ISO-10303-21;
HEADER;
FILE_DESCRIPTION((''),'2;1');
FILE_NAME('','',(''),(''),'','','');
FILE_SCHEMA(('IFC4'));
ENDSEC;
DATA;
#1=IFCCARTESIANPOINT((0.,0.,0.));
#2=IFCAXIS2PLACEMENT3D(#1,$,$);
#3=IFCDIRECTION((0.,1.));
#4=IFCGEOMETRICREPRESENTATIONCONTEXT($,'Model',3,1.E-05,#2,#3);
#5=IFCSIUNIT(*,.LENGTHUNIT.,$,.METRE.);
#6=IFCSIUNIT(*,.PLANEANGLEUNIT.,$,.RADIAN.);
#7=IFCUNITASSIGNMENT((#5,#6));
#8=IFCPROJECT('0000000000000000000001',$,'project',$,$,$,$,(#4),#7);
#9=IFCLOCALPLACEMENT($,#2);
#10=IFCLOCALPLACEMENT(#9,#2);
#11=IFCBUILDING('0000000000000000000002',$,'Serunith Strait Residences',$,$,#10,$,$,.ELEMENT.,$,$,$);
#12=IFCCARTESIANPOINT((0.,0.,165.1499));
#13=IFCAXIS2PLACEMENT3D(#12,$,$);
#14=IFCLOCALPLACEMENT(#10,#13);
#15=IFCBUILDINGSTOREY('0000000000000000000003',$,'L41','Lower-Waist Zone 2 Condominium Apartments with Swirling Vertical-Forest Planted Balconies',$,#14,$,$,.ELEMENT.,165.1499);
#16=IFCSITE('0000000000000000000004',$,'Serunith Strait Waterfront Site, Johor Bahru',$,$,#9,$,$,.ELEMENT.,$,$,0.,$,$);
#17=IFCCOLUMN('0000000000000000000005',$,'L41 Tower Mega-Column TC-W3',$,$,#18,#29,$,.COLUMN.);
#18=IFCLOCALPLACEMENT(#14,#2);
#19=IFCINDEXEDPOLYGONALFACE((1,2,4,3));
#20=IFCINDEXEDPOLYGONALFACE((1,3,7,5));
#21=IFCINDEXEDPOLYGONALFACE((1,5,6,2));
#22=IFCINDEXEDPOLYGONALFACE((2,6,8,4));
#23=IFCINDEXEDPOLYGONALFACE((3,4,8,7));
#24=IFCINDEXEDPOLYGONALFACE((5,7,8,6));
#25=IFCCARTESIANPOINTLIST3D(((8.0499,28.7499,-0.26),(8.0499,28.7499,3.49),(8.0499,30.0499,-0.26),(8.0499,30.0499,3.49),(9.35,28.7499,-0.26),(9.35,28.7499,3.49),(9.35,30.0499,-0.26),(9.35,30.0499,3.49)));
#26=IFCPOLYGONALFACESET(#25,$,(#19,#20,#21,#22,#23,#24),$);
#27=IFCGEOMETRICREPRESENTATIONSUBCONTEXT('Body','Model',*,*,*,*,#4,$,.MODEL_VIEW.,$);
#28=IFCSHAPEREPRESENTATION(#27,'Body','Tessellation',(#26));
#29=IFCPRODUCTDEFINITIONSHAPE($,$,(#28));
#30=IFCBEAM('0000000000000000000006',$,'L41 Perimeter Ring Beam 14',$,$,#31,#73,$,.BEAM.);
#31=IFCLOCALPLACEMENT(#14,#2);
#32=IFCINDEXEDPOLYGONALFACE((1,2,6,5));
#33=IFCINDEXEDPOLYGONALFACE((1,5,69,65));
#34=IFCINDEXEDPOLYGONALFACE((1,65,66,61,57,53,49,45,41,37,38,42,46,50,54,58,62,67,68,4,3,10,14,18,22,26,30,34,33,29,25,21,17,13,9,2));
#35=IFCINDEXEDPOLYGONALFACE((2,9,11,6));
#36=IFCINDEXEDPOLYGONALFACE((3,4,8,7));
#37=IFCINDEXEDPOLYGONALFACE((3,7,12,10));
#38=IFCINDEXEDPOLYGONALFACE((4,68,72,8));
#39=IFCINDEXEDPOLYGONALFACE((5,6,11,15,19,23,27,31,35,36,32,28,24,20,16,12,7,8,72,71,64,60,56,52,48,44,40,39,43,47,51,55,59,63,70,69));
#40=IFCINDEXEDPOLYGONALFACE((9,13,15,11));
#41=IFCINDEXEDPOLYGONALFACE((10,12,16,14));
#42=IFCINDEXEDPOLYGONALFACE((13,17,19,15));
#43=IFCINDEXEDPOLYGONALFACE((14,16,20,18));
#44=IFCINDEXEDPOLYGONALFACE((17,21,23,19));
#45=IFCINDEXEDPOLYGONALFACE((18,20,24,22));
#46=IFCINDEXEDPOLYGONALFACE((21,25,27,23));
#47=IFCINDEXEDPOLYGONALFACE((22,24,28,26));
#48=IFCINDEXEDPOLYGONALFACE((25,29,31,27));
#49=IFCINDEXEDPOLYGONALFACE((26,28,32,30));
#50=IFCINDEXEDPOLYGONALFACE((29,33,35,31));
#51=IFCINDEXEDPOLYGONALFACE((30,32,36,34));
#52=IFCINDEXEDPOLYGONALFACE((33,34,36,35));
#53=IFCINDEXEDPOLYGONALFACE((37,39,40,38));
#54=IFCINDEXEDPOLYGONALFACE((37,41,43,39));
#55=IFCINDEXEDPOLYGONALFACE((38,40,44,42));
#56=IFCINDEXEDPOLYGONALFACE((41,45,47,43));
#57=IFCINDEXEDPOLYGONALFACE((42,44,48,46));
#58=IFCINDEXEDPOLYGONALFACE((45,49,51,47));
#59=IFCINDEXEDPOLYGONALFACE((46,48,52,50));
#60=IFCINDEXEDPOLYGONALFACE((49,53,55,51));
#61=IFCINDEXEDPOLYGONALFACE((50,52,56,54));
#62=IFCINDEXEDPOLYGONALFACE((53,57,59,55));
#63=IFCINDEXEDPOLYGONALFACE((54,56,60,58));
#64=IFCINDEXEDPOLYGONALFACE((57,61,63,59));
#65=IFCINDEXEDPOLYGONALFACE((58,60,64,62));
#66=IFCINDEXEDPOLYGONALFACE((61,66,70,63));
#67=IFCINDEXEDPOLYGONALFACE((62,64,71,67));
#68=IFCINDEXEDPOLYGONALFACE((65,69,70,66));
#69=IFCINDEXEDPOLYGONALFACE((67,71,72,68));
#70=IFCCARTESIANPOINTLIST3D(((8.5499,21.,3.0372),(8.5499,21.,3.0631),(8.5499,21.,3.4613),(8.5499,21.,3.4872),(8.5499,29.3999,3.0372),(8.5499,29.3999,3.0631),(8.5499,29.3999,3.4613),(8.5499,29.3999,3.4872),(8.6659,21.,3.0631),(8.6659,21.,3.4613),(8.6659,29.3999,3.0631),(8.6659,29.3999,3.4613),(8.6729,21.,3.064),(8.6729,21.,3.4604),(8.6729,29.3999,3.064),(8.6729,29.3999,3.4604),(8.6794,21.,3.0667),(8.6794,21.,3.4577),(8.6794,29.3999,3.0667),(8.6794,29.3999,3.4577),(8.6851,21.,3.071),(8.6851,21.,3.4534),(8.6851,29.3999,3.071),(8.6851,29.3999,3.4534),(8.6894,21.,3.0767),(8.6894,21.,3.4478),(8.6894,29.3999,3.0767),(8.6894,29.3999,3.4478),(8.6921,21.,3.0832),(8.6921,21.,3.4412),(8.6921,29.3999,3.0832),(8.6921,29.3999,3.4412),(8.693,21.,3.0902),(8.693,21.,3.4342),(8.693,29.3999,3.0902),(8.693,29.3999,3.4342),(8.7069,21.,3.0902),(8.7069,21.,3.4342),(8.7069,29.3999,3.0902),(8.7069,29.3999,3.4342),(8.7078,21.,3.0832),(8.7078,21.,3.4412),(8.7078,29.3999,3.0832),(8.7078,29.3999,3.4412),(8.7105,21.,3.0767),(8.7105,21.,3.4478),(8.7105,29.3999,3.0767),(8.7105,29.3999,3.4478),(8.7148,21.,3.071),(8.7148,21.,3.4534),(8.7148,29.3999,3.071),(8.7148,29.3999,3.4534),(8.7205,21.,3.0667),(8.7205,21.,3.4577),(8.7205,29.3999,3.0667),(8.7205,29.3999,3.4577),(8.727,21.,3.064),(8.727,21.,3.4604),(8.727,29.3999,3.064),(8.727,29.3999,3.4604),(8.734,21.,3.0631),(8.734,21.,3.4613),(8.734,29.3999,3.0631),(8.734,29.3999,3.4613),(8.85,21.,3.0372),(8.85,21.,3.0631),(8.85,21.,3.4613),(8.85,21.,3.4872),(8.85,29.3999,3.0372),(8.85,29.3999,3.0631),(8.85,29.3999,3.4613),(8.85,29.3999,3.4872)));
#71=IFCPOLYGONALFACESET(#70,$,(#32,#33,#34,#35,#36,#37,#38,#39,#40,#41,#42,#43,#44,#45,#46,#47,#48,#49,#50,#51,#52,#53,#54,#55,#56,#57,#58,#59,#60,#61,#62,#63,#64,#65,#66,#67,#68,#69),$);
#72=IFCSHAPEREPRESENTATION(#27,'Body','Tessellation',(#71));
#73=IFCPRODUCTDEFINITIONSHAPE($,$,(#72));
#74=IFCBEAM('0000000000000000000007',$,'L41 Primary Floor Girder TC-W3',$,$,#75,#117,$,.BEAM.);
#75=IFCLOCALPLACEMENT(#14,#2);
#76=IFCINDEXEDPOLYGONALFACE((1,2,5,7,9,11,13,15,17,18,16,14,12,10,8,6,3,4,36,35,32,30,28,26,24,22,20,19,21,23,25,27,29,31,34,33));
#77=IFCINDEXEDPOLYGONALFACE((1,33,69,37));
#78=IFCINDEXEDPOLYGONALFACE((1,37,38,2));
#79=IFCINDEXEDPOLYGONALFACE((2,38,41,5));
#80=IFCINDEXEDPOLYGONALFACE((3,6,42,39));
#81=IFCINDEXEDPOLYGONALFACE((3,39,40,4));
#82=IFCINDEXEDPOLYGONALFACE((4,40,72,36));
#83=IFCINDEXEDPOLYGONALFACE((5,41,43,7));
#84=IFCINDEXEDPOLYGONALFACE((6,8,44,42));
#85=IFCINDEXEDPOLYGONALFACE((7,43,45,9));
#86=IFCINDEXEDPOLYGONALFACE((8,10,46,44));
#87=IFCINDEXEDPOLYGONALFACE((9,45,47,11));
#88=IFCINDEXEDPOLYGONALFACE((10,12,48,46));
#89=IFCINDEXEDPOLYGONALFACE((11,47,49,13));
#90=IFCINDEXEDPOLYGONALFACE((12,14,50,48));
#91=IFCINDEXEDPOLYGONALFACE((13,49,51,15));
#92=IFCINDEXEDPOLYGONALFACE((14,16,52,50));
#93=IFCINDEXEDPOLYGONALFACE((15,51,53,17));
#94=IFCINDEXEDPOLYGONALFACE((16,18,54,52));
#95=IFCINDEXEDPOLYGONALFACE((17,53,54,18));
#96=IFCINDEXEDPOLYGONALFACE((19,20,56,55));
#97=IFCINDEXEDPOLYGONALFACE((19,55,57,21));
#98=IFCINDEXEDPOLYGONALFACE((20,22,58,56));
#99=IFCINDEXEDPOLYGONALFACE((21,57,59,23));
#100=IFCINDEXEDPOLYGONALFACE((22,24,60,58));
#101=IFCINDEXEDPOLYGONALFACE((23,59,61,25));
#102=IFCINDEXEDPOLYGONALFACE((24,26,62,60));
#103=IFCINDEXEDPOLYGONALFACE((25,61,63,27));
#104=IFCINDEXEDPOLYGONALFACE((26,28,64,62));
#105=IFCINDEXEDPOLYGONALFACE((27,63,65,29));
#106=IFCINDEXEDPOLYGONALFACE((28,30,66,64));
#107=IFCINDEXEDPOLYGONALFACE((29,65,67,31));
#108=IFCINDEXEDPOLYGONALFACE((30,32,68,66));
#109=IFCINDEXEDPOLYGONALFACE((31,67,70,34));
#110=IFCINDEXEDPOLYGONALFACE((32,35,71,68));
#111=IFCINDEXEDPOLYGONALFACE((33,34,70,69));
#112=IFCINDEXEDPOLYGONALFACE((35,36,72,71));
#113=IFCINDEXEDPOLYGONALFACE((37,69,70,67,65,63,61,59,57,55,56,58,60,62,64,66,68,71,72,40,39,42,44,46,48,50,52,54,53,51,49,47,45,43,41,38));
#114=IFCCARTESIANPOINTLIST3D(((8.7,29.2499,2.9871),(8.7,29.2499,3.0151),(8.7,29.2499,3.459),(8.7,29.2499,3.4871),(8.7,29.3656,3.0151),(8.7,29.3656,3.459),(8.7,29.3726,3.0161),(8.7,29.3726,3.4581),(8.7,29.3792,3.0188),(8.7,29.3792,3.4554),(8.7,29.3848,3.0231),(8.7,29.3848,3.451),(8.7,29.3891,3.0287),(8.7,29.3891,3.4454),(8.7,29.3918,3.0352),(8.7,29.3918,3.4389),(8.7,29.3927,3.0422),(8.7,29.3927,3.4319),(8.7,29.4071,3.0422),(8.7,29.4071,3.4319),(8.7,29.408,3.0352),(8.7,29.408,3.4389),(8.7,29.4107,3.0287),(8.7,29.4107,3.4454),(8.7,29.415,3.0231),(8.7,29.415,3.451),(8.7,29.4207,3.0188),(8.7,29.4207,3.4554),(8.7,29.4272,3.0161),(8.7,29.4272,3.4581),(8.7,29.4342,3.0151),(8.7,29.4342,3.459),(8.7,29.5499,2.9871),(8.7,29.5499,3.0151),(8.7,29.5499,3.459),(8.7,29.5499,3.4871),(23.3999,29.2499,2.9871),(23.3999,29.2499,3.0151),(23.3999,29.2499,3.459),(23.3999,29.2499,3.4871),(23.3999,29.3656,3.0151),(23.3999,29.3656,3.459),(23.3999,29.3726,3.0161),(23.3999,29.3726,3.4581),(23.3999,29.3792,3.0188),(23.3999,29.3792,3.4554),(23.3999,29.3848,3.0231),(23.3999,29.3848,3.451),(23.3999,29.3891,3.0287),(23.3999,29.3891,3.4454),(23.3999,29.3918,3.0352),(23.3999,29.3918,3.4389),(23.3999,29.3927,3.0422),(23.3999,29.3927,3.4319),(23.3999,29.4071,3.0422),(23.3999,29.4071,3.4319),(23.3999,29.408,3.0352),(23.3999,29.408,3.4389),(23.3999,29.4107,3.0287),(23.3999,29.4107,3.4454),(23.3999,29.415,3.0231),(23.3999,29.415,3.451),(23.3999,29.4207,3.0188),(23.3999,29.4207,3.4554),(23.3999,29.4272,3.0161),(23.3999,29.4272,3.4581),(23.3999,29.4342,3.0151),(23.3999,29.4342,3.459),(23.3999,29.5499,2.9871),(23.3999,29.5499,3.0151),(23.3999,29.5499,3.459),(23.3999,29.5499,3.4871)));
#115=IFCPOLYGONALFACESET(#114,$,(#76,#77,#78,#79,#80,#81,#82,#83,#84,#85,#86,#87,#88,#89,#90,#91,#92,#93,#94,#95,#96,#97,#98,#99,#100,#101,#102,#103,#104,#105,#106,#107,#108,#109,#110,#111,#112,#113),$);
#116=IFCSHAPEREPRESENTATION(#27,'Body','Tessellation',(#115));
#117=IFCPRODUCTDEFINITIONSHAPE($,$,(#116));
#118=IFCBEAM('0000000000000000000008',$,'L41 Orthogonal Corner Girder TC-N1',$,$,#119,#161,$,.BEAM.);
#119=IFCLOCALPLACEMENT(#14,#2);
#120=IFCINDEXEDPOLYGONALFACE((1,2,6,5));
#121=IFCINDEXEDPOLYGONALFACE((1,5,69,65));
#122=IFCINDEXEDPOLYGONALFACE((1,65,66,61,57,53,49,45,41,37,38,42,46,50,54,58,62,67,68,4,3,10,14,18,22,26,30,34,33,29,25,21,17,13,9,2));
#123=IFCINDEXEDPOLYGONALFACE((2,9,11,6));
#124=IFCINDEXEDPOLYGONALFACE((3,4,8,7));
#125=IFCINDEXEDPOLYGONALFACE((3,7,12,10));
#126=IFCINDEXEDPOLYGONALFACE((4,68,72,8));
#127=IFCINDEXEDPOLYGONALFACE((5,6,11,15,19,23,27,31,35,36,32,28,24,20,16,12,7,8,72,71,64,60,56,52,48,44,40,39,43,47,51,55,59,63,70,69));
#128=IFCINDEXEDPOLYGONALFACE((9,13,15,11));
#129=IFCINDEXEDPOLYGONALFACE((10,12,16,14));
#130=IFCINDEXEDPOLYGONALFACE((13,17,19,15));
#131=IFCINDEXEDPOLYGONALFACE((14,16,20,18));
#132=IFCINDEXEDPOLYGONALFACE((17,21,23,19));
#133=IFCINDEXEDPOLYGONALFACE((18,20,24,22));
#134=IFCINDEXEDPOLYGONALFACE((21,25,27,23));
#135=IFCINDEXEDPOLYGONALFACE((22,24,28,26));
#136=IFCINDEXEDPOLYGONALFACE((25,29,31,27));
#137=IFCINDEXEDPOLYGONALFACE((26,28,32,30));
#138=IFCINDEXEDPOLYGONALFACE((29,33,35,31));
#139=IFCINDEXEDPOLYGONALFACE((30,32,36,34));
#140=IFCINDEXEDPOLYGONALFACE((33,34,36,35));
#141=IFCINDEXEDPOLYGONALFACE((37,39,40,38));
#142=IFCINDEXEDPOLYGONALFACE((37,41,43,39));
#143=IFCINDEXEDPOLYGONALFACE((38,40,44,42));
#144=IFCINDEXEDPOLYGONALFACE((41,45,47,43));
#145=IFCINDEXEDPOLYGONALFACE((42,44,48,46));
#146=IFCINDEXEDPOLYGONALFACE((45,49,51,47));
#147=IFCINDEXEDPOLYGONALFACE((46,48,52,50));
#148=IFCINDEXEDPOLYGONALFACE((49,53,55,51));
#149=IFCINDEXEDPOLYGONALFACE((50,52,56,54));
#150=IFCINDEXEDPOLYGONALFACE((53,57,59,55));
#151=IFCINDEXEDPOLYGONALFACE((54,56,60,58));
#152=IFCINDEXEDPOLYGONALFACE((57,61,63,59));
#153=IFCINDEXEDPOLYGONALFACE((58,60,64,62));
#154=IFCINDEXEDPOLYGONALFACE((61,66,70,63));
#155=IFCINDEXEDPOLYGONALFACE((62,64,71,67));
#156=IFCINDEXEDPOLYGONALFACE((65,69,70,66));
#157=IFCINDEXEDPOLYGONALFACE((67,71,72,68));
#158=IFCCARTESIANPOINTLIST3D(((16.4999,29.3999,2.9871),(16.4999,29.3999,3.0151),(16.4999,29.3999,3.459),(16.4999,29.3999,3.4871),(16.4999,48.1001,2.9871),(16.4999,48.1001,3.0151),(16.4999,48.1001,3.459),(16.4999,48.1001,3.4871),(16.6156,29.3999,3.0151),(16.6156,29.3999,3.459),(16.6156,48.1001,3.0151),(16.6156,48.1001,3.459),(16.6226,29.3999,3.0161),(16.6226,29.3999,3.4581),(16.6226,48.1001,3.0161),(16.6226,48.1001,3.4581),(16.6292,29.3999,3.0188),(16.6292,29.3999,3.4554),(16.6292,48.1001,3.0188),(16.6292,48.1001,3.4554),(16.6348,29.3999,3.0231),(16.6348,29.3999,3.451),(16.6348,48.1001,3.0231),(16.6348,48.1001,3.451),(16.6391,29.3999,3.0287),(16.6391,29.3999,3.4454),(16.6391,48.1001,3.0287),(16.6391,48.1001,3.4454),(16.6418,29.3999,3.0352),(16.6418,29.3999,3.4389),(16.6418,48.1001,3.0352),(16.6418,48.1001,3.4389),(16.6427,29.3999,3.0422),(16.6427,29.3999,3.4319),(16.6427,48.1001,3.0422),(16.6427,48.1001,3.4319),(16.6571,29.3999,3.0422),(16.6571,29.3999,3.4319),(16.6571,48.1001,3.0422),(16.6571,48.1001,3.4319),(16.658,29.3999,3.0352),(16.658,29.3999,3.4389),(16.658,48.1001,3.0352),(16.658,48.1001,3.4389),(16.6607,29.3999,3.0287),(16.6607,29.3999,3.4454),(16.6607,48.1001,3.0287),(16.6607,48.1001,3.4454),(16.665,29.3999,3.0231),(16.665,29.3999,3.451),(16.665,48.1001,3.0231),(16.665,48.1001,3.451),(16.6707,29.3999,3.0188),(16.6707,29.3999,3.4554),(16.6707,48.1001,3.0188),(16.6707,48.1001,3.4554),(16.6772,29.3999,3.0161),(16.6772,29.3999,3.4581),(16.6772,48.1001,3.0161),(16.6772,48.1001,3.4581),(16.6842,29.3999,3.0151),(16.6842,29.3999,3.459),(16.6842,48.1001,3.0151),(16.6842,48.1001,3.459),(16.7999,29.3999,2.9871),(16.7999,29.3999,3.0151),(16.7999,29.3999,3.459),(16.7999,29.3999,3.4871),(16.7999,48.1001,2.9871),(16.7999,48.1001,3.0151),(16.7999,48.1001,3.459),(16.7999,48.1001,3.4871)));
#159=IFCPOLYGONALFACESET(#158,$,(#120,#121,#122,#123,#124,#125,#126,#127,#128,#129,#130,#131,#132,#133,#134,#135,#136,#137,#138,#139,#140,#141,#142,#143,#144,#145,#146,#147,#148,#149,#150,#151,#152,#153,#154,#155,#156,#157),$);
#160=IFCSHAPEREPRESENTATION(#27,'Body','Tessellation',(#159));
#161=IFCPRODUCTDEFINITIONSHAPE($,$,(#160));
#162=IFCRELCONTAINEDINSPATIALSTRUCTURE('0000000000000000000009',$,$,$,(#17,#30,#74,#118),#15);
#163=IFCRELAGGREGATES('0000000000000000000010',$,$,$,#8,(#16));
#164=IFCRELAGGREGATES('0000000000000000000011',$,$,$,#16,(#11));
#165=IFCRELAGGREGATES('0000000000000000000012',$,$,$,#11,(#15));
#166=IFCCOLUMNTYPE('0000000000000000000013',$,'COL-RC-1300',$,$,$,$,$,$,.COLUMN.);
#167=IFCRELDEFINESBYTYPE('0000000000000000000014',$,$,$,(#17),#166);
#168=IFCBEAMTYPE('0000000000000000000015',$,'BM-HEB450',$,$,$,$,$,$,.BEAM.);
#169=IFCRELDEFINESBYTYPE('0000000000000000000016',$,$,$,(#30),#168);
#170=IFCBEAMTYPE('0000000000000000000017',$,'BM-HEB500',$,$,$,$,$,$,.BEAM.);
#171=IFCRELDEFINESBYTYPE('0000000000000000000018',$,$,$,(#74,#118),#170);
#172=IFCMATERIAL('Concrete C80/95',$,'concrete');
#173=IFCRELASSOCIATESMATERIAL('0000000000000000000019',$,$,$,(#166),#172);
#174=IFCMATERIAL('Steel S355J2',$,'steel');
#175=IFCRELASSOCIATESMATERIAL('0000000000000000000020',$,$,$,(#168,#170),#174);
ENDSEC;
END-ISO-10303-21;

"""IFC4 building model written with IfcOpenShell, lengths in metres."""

from ifc_helpers import new_model, si_unit, direction, frame, origin, origin_2d, place, context, subcontext, project, spatial, rectangle, i_section, extrude, source, transform, mapped, material, material_profile, profile_set, type_object, element, save


model = new_model("IFC4")

# Units and contexts
model_context = context("Model", 3, precision=1e-05, world=origin(), true_north=direction((0.0, 1.0)))
body_context = subcontext(model_context, "Body", "Model", "MODEL_VIEW")
ifc_project = project(units=[si_unit("LENGTHUNIT", "METRE"), si_unit("PLANEANGLEUNIT", "RADIAN")], contexts=[model_context])

# Site, building, storey
site_placement = place(None, origin())
site = spatial("IfcSite", under=ifc_project, at=site_placement, Name="Serunith Strait Waterfront Site, Johor Bahru", CompositionType="ELEMENT", RefElevation=0.0)
building_placement = place(site_placement, origin())
building = spatial("IfcBuilding", under=site, at=building_placement, Name="Serunith Strait Residences", CompositionType="ELEMENT")
storey_placement = place(building_placement, frame((0.0, 0.0, 165.1499)))
storey = spatial("IfcBuildingStorey", under=building, at=storey_placement, Name="L41", Description="Lower-Waist Zone 2 Condominium Apartments with Swirling Vertical-Forest Planted Balconies", CompositionType="ELEMENT", Elevation=165.1499)

# Column
ifc_material_1 = material(Name="Concrete C80/95", Category="concrete")
ifc_material_profile_1 = material_profile(ifc_material_1, rectangle(XDim=1.3, YDim=1.3, at=origin_2d()), Name="RC 1300x1300")
ifc_profile_set_1 = profile_set([ifc_material_profile_1], Name="Concrete C80/95")
column_type = type_object("IfcColumnType", Name="COL-RC-1300", PredefinedType="COLUMN", material=ifc_profile_set_1)
shared_shape_1 = source(origin(), body_context, "Body", "SweptSolid", [
    extrude(rectangle(XDim=1.3, YDim=1.3, at=origin_2d()), origin(), (0.0, 0.0, 1.0), 3.75),
])
column_placement = place(storey_placement, frame((8.7, 29.3999, -0.26), z_axis=(0.0, 0.0, 1.0), x_axis=(1.0, 0.0, 0.0)))
element("IfcColumn", 1, at=column_placement, inside=storey, type_object=column_type, Name="L41 Tower Mega-Column TC-W3", PredefinedType="COLUMN", context=body_context, shape_type="MappedRepresentation", body=[
    mapped(shared_shape_1, transform((0.0, 0.0, 0.0), scale=1.0)),
])

# Beams
ifc_material_2 = material(Name="Steel S355J2", Category="steel")
ifc_material_profile_2 = material_profile(ifc_material_2, i_section(OverallWidth=0.3, OverallDepth=0.45, WebThickness=0.0139, FlangeThickness=0.0259, FilletRadius=0.0271, at=origin_2d()), Name="HEB 450")
ifc_profile_set_2 = profile_set([ifc_material_profile_2], Name="Steel S355J2")
beam_type_1 = type_object("IfcBeamType", Name="BM-HEB450", PredefinedType="BEAM", material=ifc_profile_set_2)
shared_shape_2 = source(origin(), body_context, "Body", "SweptSolid", [
    extrude(i_section(OverallWidth=0.3, OverallDepth=0.45, WebThickness=0.0139, FlangeThickness=0.0259, FilletRadius=0.0271, at=origin_2d()), origin(), (0.0, 0.0, 1.0), 8.3999),
])
beam_1_placement = place(storey_placement, frame((8.7, 29.3999, 3.2622), z_axis=(0.0, -1.0, 0.0), x_axis=(1.0, 0.0, 0.0)))
element("IfcBeam", 2, at=beam_1_placement, inside=storey, type_object=beam_type_1, Name="L41 Perimeter Ring Beam 14", PredefinedType="BEAM", context=body_context, shape_type="MappedRepresentation", body=[
    mapped(shared_shape_2, transform((0.0, 0.0, 0.0), scale=1.0)),
])
ifc_material_profile_3 = material_profile(ifc_material_2, i_section(OverallWidth=0.3, OverallDepth=0.5, WebThickness=0.0144, FlangeThickness=0.0281, FilletRadius=0.0271, at=origin_2d()), Name="HEB 500")
ifc_profile_set_3 = profile_set([ifc_material_profile_3], Name="Steel S355J2")
beam_type_2 = type_object("IfcBeamType", Name="BM-HEB500", PredefinedType="BEAM", material=ifc_profile_set_3)
shared_shape_3 = source(origin(), body_context, "Body", "SweptSolid", [
    extrude(i_section(OverallWidth=0.3, OverallDepth=0.5, WebThickness=0.0144, FlangeThickness=0.0281, FilletRadius=0.0271, at=origin_2d()), origin(), (0.0, 0.0, 1.0), 14.7),
])
beam_2_placement = place(storey_placement, frame((23.3999, 29.3999, 3.2371), z_axis=(-1.0, 0.0, 0.0), x_axis=(0.0, -1.0, 0.0)))
element("IfcBeam", 3, at=beam_2_placement, inside=storey, type_object=beam_type_2, Name="L41 Primary Floor Girder TC-W3", PredefinedType="BEAM", context=body_context, shape_type="MappedRepresentation", body=[
    mapped(shared_shape_3, transform((0.0, 0.0, 0.0), scale=1.0)),
])
shared_shape_4 = source(origin(), body_context, "Body", "SweptSolid", [
    extrude(i_section(OverallWidth=0.3, OverallDepth=0.5, WebThickness=0.0144, FlangeThickness=0.0281, FilletRadius=0.0271, at=origin_2d()), origin(), (0.0, 0.0, 1.0), 18.7002),
])
beam_3_placement = place(storey_placement, frame((16.6499, 29.3999, 3.2371), z_axis=(0.0, 1.0, 0.0), x_axis=(-1.0, 0.0, 0.0)))
element("IfcBeam", 4, at=beam_3_placement, inside=storey, type_object=beam_type_2, Name="L41 Orthogonal Corner Girder TC-N1", PredefinedType="BEAM", context=body_context, shape_type="MappedRepresentation", body=[
    mapped(shared_shape_4, transform((0.0, 0.0, 0.0), scale=1.0)),
])

save(model, "model.ifc")
